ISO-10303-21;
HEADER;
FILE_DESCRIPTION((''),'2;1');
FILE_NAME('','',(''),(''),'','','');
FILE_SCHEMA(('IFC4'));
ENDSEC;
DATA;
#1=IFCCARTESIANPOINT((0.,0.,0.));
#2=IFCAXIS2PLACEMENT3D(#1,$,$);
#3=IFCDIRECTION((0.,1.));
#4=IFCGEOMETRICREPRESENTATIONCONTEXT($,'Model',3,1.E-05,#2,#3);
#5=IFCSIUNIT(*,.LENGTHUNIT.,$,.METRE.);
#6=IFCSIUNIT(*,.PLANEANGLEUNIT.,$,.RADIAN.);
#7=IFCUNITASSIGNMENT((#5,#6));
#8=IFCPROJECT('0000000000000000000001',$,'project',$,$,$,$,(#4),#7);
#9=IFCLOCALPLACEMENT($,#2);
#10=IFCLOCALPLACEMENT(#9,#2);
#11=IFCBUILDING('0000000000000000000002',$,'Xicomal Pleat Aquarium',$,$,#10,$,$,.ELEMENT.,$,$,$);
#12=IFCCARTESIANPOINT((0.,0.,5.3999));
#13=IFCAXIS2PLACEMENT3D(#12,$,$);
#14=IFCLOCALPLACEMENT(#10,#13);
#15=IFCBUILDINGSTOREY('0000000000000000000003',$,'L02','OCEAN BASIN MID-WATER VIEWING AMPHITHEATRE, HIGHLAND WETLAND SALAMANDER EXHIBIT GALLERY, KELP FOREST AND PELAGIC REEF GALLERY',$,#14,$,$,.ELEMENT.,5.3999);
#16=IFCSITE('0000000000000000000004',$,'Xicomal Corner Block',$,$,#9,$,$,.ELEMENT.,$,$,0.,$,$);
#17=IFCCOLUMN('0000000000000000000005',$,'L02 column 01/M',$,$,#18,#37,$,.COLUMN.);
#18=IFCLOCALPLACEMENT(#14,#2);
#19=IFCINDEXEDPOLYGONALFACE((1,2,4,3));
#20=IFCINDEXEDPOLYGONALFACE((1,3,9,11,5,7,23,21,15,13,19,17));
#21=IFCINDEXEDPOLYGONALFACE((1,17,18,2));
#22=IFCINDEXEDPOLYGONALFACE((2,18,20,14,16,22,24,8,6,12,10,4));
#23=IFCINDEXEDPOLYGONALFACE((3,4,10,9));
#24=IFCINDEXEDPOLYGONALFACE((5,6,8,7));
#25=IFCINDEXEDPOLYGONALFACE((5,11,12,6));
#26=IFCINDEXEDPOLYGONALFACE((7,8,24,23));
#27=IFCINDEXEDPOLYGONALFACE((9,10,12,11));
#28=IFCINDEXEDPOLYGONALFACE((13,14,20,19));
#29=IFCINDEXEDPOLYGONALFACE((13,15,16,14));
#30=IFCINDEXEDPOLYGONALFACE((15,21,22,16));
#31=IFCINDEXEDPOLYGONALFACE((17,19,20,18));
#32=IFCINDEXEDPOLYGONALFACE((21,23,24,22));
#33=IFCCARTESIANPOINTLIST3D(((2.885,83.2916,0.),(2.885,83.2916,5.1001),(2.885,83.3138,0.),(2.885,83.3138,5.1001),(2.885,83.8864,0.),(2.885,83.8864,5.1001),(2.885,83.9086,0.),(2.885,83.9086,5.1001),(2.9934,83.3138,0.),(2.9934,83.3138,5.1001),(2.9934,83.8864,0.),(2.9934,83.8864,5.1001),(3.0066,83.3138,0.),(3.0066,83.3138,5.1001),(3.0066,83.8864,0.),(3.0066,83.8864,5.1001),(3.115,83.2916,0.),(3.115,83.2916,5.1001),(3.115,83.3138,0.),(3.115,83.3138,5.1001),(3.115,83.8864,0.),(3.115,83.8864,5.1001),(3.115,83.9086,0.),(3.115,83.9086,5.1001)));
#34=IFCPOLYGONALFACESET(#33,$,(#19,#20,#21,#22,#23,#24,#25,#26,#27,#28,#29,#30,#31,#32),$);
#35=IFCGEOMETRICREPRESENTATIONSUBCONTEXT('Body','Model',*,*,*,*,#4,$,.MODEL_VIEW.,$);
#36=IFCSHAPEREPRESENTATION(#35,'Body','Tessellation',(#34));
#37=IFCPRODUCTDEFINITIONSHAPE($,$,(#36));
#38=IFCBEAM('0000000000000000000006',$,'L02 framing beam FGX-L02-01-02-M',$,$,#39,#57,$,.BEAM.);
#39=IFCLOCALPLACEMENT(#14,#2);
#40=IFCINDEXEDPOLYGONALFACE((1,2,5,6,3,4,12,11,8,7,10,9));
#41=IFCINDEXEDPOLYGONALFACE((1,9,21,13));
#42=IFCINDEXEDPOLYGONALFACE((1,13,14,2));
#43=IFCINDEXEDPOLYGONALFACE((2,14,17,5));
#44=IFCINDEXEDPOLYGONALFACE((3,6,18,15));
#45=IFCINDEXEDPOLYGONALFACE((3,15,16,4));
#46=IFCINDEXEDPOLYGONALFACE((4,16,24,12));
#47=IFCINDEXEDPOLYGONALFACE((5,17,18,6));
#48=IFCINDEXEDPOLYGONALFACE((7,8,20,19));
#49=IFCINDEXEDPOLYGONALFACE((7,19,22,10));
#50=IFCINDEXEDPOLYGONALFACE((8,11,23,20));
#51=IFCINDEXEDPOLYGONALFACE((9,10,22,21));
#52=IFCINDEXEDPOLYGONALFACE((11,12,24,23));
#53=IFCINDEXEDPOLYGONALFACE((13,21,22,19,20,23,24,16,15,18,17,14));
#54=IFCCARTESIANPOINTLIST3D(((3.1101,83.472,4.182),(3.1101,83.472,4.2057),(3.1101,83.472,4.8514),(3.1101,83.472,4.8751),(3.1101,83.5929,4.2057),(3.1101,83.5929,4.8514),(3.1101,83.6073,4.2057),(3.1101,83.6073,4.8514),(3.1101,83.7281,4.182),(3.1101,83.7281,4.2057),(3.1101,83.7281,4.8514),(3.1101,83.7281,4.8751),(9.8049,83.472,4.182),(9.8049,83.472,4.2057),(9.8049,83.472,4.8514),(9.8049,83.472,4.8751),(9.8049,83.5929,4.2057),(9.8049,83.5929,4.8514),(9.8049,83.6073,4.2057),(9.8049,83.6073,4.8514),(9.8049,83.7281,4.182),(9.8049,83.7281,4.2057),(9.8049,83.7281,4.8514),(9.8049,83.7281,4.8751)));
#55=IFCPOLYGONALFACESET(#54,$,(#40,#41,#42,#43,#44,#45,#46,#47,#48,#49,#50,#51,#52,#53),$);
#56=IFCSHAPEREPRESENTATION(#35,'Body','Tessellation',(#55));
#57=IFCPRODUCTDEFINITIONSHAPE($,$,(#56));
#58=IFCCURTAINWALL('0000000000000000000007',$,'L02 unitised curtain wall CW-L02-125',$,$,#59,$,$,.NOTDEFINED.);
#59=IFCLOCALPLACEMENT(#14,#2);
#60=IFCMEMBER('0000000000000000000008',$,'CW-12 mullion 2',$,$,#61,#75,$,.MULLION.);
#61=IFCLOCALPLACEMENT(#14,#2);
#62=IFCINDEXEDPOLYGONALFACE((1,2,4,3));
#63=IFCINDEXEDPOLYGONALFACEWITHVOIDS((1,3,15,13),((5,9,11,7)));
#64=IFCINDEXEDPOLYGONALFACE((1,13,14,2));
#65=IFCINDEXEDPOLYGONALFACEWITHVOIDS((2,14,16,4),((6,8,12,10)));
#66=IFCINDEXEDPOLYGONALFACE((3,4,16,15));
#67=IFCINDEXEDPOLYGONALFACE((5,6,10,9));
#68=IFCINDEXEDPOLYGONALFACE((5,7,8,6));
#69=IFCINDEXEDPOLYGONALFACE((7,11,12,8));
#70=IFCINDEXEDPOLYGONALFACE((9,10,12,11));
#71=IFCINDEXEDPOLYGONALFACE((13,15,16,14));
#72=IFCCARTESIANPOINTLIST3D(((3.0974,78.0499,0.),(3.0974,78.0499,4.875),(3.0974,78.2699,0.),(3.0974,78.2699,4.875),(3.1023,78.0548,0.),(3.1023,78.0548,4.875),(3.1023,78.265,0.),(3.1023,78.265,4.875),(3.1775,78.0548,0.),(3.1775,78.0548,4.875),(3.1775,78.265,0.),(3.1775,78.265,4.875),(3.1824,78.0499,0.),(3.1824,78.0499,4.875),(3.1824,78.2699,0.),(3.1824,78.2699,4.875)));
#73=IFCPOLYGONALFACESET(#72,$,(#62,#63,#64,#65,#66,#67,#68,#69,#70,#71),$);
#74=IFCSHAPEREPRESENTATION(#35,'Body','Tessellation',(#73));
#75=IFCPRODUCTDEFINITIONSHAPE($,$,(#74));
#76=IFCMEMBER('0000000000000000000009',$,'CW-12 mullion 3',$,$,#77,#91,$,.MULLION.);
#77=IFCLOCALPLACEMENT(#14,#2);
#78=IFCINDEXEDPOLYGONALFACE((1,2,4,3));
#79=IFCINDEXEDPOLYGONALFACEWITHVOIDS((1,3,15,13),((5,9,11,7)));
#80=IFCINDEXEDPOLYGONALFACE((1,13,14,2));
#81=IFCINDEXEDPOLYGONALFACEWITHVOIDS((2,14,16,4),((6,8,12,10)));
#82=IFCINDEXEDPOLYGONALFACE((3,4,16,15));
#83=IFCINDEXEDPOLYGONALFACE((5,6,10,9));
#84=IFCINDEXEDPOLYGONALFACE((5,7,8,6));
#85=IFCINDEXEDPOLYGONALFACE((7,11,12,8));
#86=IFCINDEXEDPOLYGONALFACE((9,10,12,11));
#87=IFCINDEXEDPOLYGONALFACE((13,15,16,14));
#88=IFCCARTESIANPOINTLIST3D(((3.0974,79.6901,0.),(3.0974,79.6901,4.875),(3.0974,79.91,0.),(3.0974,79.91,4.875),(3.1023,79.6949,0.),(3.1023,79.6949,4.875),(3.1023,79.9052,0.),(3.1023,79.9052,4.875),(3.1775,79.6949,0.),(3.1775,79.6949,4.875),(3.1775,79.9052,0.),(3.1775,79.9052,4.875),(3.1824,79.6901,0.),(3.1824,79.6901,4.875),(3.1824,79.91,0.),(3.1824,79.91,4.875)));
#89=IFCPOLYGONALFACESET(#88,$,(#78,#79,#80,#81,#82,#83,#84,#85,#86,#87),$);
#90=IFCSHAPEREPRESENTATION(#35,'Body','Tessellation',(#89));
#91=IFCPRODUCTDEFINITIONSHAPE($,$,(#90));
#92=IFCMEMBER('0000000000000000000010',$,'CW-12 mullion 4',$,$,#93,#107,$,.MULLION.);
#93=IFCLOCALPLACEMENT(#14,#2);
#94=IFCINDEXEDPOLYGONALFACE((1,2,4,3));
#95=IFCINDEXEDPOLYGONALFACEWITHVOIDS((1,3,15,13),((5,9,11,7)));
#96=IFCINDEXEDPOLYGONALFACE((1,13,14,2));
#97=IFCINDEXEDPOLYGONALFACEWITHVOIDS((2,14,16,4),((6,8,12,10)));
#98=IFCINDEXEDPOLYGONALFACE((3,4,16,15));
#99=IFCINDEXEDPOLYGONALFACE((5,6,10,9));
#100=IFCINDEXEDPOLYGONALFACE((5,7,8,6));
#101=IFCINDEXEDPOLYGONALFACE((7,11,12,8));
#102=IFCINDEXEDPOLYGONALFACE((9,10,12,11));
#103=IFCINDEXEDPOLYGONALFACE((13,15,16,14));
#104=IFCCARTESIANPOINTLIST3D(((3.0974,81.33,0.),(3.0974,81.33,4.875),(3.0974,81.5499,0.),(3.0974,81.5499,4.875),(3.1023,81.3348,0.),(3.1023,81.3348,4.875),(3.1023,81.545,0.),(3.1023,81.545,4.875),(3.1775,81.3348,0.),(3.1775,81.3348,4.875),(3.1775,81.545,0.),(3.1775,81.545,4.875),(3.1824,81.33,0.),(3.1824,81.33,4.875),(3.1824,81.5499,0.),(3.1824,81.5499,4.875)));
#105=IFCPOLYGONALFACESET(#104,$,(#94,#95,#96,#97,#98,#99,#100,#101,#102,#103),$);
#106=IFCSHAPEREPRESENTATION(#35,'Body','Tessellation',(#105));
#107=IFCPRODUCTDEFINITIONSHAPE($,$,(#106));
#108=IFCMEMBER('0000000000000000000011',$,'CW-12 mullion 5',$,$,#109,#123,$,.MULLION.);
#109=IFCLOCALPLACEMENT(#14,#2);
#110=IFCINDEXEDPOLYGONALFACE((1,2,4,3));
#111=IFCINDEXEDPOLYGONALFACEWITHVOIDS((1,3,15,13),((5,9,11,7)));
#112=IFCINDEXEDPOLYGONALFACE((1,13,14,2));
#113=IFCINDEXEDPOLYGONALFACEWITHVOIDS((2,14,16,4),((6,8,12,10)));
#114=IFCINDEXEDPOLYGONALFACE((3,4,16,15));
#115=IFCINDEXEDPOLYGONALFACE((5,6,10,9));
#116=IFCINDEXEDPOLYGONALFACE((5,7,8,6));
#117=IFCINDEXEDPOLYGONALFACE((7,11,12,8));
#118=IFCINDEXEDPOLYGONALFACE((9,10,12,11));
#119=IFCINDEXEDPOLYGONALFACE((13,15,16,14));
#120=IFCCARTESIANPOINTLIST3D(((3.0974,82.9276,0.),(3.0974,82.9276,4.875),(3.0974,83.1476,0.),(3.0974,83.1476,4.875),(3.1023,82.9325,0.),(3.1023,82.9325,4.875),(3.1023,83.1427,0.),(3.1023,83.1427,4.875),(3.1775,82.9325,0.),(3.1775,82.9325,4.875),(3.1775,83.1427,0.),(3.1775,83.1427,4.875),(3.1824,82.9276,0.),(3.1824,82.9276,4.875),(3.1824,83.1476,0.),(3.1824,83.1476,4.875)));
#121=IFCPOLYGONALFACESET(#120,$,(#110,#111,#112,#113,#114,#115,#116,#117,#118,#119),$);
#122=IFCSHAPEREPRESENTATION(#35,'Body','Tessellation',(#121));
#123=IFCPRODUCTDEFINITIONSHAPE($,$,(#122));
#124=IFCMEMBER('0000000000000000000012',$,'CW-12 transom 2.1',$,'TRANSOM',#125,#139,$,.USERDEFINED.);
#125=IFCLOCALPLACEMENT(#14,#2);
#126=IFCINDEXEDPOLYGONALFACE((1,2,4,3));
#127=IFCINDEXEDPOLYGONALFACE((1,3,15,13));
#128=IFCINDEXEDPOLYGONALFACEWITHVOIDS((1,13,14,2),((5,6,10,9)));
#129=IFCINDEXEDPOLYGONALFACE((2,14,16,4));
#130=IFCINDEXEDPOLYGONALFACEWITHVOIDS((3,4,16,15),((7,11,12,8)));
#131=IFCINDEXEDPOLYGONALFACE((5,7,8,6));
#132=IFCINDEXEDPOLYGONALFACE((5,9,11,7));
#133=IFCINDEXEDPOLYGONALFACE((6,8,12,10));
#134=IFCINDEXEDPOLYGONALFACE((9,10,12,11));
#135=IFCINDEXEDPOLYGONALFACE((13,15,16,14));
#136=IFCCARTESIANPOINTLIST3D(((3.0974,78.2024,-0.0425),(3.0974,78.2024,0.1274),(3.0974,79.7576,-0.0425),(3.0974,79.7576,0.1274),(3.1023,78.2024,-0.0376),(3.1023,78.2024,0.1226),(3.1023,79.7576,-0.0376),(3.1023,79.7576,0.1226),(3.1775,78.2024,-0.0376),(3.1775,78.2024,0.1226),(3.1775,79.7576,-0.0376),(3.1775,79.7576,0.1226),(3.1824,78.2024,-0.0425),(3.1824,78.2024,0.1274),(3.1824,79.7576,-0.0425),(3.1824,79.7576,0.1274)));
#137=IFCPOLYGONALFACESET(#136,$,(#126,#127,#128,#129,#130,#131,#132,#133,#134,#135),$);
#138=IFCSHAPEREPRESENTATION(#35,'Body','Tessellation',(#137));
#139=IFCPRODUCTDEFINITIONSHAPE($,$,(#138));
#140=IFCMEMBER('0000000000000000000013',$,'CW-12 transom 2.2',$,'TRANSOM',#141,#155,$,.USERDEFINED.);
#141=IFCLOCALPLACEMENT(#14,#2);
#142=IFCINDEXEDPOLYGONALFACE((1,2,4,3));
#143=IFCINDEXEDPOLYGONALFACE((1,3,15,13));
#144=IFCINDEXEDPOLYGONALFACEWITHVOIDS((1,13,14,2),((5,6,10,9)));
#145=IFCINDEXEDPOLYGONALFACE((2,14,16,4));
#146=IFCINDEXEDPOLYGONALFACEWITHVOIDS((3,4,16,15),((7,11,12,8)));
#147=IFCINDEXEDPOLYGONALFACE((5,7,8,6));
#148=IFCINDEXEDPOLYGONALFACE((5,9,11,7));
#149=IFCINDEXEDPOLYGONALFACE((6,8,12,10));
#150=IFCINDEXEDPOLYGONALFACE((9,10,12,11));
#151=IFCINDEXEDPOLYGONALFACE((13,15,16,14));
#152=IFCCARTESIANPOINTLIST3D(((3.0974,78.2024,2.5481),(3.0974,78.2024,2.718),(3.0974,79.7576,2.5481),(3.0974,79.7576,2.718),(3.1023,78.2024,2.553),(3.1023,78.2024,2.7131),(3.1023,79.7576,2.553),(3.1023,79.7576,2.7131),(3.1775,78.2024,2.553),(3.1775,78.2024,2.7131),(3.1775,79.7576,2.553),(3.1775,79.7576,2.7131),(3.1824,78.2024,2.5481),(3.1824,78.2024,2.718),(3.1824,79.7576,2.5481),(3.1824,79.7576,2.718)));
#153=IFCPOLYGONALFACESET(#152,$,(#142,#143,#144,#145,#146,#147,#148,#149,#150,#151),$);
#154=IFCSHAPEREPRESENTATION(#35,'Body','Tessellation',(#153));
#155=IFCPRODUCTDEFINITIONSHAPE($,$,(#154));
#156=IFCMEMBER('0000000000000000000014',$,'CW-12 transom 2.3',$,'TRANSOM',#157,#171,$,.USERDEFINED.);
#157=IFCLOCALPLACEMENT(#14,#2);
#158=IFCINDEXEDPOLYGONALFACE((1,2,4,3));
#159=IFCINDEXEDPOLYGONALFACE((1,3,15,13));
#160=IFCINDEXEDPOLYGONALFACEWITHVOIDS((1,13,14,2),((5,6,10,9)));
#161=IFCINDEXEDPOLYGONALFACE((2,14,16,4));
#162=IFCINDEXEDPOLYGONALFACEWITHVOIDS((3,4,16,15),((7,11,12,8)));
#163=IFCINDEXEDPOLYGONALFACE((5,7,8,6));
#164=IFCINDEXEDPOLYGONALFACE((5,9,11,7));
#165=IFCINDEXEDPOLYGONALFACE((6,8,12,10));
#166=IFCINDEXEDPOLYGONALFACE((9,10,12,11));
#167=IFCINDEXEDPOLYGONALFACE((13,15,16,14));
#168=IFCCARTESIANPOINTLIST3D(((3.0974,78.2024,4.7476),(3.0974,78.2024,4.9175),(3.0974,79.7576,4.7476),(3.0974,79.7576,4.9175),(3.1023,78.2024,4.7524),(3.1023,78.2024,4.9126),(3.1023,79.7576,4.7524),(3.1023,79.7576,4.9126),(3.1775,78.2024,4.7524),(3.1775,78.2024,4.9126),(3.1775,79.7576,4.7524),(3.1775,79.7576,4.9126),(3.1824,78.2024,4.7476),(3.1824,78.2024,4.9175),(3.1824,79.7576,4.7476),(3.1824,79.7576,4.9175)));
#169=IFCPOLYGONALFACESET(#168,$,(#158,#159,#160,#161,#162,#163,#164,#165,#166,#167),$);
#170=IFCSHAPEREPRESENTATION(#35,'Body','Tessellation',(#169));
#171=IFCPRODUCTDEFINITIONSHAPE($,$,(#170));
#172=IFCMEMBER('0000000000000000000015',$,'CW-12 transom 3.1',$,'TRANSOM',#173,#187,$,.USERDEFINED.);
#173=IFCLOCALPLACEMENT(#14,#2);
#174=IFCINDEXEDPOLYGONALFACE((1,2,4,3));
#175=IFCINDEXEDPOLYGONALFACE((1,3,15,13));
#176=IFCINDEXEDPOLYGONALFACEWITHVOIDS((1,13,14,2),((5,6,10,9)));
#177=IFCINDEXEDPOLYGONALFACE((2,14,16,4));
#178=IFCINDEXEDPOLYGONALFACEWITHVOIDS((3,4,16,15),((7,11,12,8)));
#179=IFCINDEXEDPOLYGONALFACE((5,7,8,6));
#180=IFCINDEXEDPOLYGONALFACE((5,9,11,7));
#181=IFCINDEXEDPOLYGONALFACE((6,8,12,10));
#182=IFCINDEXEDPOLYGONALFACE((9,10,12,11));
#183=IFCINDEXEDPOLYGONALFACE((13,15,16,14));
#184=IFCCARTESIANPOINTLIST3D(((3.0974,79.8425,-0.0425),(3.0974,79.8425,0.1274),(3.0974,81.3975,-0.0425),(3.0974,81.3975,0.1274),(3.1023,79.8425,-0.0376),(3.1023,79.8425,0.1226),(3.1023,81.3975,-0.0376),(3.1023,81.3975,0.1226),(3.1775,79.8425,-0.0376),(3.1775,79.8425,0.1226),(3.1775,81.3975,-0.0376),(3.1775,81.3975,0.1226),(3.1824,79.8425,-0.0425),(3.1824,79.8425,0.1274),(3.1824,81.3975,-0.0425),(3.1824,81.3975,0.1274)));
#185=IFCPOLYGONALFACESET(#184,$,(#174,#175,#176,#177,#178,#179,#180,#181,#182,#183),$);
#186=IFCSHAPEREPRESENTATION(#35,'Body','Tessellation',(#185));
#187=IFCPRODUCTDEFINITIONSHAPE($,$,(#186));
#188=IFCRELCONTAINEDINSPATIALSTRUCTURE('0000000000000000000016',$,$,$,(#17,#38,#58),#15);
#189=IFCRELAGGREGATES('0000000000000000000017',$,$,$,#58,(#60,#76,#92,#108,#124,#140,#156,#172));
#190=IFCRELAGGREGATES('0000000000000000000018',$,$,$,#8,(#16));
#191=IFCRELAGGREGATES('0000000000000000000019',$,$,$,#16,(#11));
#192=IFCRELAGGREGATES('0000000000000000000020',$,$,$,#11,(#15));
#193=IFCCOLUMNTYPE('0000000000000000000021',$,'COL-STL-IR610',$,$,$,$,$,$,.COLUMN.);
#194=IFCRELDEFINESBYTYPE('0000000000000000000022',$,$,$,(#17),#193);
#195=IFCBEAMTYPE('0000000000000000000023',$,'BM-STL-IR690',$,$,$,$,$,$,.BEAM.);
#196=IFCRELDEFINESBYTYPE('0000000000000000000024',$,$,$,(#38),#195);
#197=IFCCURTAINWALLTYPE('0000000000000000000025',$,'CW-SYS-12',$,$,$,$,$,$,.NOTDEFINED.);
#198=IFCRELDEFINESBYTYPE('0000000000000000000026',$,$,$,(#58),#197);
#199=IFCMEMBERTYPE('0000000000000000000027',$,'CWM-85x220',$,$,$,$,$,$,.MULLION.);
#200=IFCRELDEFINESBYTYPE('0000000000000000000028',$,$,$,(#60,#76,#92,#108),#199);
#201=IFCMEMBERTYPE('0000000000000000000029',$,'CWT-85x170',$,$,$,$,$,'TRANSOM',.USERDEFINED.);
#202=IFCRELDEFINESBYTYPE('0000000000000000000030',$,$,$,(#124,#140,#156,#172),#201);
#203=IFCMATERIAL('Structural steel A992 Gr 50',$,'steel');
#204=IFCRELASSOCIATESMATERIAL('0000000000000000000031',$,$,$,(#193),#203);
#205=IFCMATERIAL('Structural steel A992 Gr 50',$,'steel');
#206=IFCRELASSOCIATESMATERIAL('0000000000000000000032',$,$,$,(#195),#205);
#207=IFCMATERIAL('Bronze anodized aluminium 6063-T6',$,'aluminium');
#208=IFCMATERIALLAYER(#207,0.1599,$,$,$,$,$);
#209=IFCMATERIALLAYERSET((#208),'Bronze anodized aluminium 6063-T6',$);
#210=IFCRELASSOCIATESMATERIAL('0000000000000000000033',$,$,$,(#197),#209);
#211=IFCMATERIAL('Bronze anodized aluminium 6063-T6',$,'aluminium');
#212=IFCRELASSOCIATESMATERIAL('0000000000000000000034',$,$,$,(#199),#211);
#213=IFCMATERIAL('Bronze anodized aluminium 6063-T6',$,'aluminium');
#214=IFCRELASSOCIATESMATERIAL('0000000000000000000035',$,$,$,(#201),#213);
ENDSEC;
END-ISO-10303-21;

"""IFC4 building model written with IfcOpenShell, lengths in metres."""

from ifc_helpers import new_model, si_unit, direction, frame, origin, origin_2d, place, context, subcontext, project, spatial, hollow_rectangle, i_section, extrude, material, layer, layer_set, material_profile, profile_set, type_object, element, aggregate, save


model = new_model("IFC4")

# Units and contexts
model_context = context("Model", 3, precision=1e-05, world=origin(), true_north=direction((0.0, 1.0)))
body_context = subcontext(model_context, "Body", "Model", "MODEL_VIEW")
ifc_project = project(units=[si_unit("LENGTHUNIT", "METRE"), si_unit("PLANEANGLEUNIT", "RADIAN")], contexts=[model_context])

# Site, building, storey
site_placement = place(None, origin())
site = spatial("IfcSite", under=ifc_project, at=site_placement, Name="Xicomal Corner Block", CompositionType="ELEMENT", RefElevation=0.0)
building_placement = place(site_placement, origin())
building = spatial("IfcBuilding", under=site, at=building_placement, Name="Xicomal Pleat Aquarium", CompositionType="ELEMENT")
storey_placement = place(building_placement, frame((0.0, 0.0, 5.3999)))
storey = spatial("IfcBuildingStorey", under=building, at=storey_placement, Name="L02", Description="OCEAN BASIN MID-WATER VIEWING AMPHITHEATRE, HIGHLAND WETLAND SALAMANDER EXHIBIT GALLERY, KELP FOREST AND PELAGIC REEF GALLERY", CompositionType="ELEMENT", Elevation=5.3999)

# Column
ifc_material_1 = material(Name="Structural steel A992 Gr 50", Category="steel")
ifc_material_profile_1 = material_profile(ifc_material_1, i_section(OverallWidth=0.23, OverallDepth=0.6169, WebThickness=0.0132, FlangeThickness=0.0222, at=origin_2d()), Name="IR 610x140")
ifc_profile_set_1 = profile_set([ifc_material_profile_1], Name="Structural steel A992 Gr 50")
column_type = type_object("IfcColumnType", Name="COL-STL-IR610", PredefinedType="COLUMN", material=ifc_profile_set_1)
column_placement = place(storey_placement, frame((3.0, 83.6001, 0.0), z_axis=(0.0, 0.0, 1.0), x_axis=(1.0, 0.0, 0.0)))
element("IfcColumn", 1, at=column_placement, inside=storey, type_object=column_type, Name="L02 column 01/M", PredefinedType="COLUMN", context=body_context, shape_type="SweptSolid", body=[
    extrude(i_section(OverallWidth=0.23, OverallDepth=0.6169, WebThickness=0.0132, FlangeThickness=0.0222, at=origin_2d()), origin(), (0.0, 0.0, 1.0), 5.1001),
])

# Beam
ifc_material_2 = material(Name="Structural steel A992 Gr 50", Category="steel")
ifc_material_profile_2 = material_profile(ifc_material_2, i_section(OverallWidth=0.2561, OverallDepth=0.6931, WebThickness=0.0144, FlangeThickness=0.0237, at=origin_2d()), Name="IR 690x170")
ifc_profile_set_2 = profile_set([ifc_material_profile_2], Name="Structural steel A992 Gr 50")
beam_type = type_object("IfcBeamType", Name="BM-STL-IR690", PredefinedType="BEAM", material=ifc_profile_set_2)
beam_placement = place(storey_placement, frame((3.1101, 83.6001, 4.5286), z_axis=(1.0, 0.0, 0.0), x_axis=(0.0, 1.0, 0.0)))
element("IfcBeam", 2, at=beam_placement, inside=storey, type_object=beam_type, Name="L02 framing beam FGX-L02-01-02-M", PredefinedType="BEAM", context=body_context, shape_type="SweptSolid", body=[
    extrude(i_section(OverallWidth=0.2561, OverallDepth=0.6931, WebThickness=0.0144, FlangeThickness=0.0237, at=origin_2d()), origin(), (0.0, 0.0, 1.0), 6.6948),
])

# Curtain wall, members
ifc_material_3 = material(Name="Bronze anodized aluminium 6063-T6", Category="aluminium")
ifc_layer_1 = layer(ifc_material_3, 0.1599)
ifc_layer_set_1 = layer_set([ifc_layer_1], Name="Bronze anodized aluminium 6063-T6")
curtain_wall_type = type_object("IfcCurtainWallType", Name="CW-SYS-12", PredefinedType="NOTDEFINED", material=ifc_layer_set_1)
curtain_wall_placement = place(storey_placement, origin())
curtain_wall = element("IfcCurtainWall", 3, at=curtain_wall_placement, inside=storey, type_object=curtain_wall_type, Name="L02 unitised curtain wall CW-L02-125", PredefinedType="NOTDEFINED")
ifc_material_4 = material(Name="Bronze anodized aluminium 6063-T6", Category="aluminium")
ifc_material_profile_3 = material_profile(ifc_material_4, hollow_rectangle(XDim=0.085, YDim=0.22, WallThickness=0.0049, at=origin_2d()), Name="ALU MULL 85x220")
ifc_profile_set_3 = profile_set([ifc_material_profile_3], Name="Bronze anodized aluminium 6063-T6")
member_type_1 = type_object("IfcMemberType", Name="CWM-85x220", PredefinedType="MULLION", material=ifc_profile_set_3)
member_1_placement = place(storey_placement, frame((3.1399, 78.1599, 0.0), z_axis=(0.0, 0.0, 1.0), x_axis=(-1.0, 0.0, 0.0)))
member_1 = element("IfcMember", 4, at=member_1_placement, type_object=member_type_1, Name="CW-12 mullion 2", PredefinedType="MULLION", context=body_context, shape_type="SweptSolid", body=[
    extrude(hollow_rectangle(XDim=0.085, YDim=0.22, WallThickness=0.0049, at=origin_2d()), origin(), (0.0, 0.0, 1.0), 4.875),
])
member_2_placement = place(storey_placement, frame((3.1399, 79.8, 0.0), z_axis=(0.0, 0.0, 1.0), x_axis=(-1.0, 0.0, 0.0)))
member_2 = element("IfcMember", 5, at=member_2_placement, type_object=member_type_1, Name="CW-12 mullion 3", PredefinedType="MULLION", context=body_context, shape_type="SweptSolid", body=[
    extrude(hollow_rectangle(XDim=0.085, YDim=0.22, WallThickness=0.0049, at=origin_2d()), origin(), (0.0, 0.0, 1.0), 4.875),
])
member_3_placement = place(storey_placement, frame((3.1399, 81.4399, 0.0), z_axis=(0.0, 0.0, 1.0), x_axis=(-1.0, 0.0, 0.0)))
member_3 = element("IfcMember", 6, at=member_3_placement, type_object=member_type_1, Name="CW-12 mullion 4", PredefinedType="MULLION", context=body_context, shape_type="SweptSolid", body=[
    extrude(hollow_rectangle(XDim=0.085, YDim=0.22, WallThickness=0.0049, at=origin_2d()), origin(), (0.0, 0.0, 1.0), 4.875),
])
member_4_placement = place(storey_placement, frame((3.1399, 83.0376, 0.0), z_axis=(0.0, 0.0, 1.0), x_axis=(-1.0, 0.0, 0.0)))
member_4 = element("IfcMember", 7, at=member_4_placement, type_object=member_type_1, Name="CW-12 mullion 5", PredefinedType="MULLION", context=body_context, shape_type="SweptSolid", body=[
    extrude(hollow_rectangle(XDim=0.085, YDim=0.22, WallThickness=0.0049, at=origin_2d()), origin(), (0.0, 0.0, 1.0), 4.875),
])
ifc_material_5 = material(Name="Bronze anodized aluminium 6063-T6", Category="aluminium")
ifc_material_profile_4 = material_profile(ifc_material_5, hollow_rectangle(XDim=0.085, YDim=0.1699, WallThickness=0.0049, at=origin_2d()), Name="ALU TRAN 85x170")
ifc_profile_set_4 = profile_set([ifc_material_profile_4], Name="Bronze anodized aluminium 6063-T6")
member_type_2 = type_object("IfcMemberType", Name="CWT-85x170", ElementType="TRANSOM", PredefinedType="USERDEFINED", material=ifc_profile_set_4)
member_5_placement = place(storey_placement, frame((3.1399, 78.2024, 0.0425), z_axis=(0.0, 1.0, 0.0), x_axis=(-1.0, 0.0, 0.0)))
member_5 = element("IfcMember", 8, at=member_5_placement, type_object=member_type_2, Name="CW-12 transom 2.1", ObjectType="TRANSOM", PredefinedType="USERDEFINED", context=body_context, shape_type="SweptSolid", body=[
    extrude(hollow_rectangle(XDim=0.085, YDim=0.1699, WallThickness=0.0049, at=origin_2d()), origin(), (0.0, 0.0, 1.0), 1.5552),
])
member_6_placement = place(storey_placement, frame((3.1399, 78.2024, 2.6331), z_axis=(0.0, 1.0, 0.0), x_axis=(-1.0, 0.0, 0.0)))
member_6 = element("IfcMember", 9, at=member_6_placement, type_object=member_type_2, Name="CW-12 transom 2.2", ObjectType="TRANSOM", PredefinedType="USERDEFINED", context=body_context, shape_type="SweptSolid", body=[
    extrude(hollow_rectangle(XDim=0.085, YDim=0.1699, WallThickness=0.0049, at=origin_2d()), origin(), (0.0, 0.0, 1.0), 1.5552),
])
member_7_placement = place(storey_placement, frame((3.1399, 78.2024, 4.8325), z_axis=(0.0, 1.0, 0.0), x_axis=(-1.0, 0.0, 0.0)))
member_7 = element("IfcMember", 10, at=member_7_placement, type_object=member_type_2, Name="CW-12 transom 2.3", ObjectType="TRANSOM", PredefinedType="USERDEFINED", context=body_context, shape_type="SweptSolid", body=[
    extrude(hollow_rectangle(XDim=0.085, YDim=0.1699, WallThickness=0.0049, at=origin_2d()), origin(), (0.0, 0.0, 1.0), 1.5552),
])
member_8_placement = place(storey_placement, frame((3.1399, 79.8425, 0.0425), z_axis=(0.0, 1.0, 0.0), x_axis=(-1.0, 0.0, 0.0)))
member_8 = element("IfcMember", 11, at=member_8_placement, type_object=member_type_2, Name="CW-12 transom 3.1", ObjectType="TRANSOM", PredefinedType="USERDEFINED", context=body_context, shape_type="SweptSolid", body=[
    extrude(hollow_rectangle(XDim=0.085, YDim=0.1699, WallThickness=0.0049, at=origin_2d()), origin(), (0.0, 0.0, 1.0), 1.5549),
])
aggregate(curtain_wall, [member_1, member_2, member_3, member_4, member_5, member_6, member_7, member_8])

save(model, "model.ifc")
